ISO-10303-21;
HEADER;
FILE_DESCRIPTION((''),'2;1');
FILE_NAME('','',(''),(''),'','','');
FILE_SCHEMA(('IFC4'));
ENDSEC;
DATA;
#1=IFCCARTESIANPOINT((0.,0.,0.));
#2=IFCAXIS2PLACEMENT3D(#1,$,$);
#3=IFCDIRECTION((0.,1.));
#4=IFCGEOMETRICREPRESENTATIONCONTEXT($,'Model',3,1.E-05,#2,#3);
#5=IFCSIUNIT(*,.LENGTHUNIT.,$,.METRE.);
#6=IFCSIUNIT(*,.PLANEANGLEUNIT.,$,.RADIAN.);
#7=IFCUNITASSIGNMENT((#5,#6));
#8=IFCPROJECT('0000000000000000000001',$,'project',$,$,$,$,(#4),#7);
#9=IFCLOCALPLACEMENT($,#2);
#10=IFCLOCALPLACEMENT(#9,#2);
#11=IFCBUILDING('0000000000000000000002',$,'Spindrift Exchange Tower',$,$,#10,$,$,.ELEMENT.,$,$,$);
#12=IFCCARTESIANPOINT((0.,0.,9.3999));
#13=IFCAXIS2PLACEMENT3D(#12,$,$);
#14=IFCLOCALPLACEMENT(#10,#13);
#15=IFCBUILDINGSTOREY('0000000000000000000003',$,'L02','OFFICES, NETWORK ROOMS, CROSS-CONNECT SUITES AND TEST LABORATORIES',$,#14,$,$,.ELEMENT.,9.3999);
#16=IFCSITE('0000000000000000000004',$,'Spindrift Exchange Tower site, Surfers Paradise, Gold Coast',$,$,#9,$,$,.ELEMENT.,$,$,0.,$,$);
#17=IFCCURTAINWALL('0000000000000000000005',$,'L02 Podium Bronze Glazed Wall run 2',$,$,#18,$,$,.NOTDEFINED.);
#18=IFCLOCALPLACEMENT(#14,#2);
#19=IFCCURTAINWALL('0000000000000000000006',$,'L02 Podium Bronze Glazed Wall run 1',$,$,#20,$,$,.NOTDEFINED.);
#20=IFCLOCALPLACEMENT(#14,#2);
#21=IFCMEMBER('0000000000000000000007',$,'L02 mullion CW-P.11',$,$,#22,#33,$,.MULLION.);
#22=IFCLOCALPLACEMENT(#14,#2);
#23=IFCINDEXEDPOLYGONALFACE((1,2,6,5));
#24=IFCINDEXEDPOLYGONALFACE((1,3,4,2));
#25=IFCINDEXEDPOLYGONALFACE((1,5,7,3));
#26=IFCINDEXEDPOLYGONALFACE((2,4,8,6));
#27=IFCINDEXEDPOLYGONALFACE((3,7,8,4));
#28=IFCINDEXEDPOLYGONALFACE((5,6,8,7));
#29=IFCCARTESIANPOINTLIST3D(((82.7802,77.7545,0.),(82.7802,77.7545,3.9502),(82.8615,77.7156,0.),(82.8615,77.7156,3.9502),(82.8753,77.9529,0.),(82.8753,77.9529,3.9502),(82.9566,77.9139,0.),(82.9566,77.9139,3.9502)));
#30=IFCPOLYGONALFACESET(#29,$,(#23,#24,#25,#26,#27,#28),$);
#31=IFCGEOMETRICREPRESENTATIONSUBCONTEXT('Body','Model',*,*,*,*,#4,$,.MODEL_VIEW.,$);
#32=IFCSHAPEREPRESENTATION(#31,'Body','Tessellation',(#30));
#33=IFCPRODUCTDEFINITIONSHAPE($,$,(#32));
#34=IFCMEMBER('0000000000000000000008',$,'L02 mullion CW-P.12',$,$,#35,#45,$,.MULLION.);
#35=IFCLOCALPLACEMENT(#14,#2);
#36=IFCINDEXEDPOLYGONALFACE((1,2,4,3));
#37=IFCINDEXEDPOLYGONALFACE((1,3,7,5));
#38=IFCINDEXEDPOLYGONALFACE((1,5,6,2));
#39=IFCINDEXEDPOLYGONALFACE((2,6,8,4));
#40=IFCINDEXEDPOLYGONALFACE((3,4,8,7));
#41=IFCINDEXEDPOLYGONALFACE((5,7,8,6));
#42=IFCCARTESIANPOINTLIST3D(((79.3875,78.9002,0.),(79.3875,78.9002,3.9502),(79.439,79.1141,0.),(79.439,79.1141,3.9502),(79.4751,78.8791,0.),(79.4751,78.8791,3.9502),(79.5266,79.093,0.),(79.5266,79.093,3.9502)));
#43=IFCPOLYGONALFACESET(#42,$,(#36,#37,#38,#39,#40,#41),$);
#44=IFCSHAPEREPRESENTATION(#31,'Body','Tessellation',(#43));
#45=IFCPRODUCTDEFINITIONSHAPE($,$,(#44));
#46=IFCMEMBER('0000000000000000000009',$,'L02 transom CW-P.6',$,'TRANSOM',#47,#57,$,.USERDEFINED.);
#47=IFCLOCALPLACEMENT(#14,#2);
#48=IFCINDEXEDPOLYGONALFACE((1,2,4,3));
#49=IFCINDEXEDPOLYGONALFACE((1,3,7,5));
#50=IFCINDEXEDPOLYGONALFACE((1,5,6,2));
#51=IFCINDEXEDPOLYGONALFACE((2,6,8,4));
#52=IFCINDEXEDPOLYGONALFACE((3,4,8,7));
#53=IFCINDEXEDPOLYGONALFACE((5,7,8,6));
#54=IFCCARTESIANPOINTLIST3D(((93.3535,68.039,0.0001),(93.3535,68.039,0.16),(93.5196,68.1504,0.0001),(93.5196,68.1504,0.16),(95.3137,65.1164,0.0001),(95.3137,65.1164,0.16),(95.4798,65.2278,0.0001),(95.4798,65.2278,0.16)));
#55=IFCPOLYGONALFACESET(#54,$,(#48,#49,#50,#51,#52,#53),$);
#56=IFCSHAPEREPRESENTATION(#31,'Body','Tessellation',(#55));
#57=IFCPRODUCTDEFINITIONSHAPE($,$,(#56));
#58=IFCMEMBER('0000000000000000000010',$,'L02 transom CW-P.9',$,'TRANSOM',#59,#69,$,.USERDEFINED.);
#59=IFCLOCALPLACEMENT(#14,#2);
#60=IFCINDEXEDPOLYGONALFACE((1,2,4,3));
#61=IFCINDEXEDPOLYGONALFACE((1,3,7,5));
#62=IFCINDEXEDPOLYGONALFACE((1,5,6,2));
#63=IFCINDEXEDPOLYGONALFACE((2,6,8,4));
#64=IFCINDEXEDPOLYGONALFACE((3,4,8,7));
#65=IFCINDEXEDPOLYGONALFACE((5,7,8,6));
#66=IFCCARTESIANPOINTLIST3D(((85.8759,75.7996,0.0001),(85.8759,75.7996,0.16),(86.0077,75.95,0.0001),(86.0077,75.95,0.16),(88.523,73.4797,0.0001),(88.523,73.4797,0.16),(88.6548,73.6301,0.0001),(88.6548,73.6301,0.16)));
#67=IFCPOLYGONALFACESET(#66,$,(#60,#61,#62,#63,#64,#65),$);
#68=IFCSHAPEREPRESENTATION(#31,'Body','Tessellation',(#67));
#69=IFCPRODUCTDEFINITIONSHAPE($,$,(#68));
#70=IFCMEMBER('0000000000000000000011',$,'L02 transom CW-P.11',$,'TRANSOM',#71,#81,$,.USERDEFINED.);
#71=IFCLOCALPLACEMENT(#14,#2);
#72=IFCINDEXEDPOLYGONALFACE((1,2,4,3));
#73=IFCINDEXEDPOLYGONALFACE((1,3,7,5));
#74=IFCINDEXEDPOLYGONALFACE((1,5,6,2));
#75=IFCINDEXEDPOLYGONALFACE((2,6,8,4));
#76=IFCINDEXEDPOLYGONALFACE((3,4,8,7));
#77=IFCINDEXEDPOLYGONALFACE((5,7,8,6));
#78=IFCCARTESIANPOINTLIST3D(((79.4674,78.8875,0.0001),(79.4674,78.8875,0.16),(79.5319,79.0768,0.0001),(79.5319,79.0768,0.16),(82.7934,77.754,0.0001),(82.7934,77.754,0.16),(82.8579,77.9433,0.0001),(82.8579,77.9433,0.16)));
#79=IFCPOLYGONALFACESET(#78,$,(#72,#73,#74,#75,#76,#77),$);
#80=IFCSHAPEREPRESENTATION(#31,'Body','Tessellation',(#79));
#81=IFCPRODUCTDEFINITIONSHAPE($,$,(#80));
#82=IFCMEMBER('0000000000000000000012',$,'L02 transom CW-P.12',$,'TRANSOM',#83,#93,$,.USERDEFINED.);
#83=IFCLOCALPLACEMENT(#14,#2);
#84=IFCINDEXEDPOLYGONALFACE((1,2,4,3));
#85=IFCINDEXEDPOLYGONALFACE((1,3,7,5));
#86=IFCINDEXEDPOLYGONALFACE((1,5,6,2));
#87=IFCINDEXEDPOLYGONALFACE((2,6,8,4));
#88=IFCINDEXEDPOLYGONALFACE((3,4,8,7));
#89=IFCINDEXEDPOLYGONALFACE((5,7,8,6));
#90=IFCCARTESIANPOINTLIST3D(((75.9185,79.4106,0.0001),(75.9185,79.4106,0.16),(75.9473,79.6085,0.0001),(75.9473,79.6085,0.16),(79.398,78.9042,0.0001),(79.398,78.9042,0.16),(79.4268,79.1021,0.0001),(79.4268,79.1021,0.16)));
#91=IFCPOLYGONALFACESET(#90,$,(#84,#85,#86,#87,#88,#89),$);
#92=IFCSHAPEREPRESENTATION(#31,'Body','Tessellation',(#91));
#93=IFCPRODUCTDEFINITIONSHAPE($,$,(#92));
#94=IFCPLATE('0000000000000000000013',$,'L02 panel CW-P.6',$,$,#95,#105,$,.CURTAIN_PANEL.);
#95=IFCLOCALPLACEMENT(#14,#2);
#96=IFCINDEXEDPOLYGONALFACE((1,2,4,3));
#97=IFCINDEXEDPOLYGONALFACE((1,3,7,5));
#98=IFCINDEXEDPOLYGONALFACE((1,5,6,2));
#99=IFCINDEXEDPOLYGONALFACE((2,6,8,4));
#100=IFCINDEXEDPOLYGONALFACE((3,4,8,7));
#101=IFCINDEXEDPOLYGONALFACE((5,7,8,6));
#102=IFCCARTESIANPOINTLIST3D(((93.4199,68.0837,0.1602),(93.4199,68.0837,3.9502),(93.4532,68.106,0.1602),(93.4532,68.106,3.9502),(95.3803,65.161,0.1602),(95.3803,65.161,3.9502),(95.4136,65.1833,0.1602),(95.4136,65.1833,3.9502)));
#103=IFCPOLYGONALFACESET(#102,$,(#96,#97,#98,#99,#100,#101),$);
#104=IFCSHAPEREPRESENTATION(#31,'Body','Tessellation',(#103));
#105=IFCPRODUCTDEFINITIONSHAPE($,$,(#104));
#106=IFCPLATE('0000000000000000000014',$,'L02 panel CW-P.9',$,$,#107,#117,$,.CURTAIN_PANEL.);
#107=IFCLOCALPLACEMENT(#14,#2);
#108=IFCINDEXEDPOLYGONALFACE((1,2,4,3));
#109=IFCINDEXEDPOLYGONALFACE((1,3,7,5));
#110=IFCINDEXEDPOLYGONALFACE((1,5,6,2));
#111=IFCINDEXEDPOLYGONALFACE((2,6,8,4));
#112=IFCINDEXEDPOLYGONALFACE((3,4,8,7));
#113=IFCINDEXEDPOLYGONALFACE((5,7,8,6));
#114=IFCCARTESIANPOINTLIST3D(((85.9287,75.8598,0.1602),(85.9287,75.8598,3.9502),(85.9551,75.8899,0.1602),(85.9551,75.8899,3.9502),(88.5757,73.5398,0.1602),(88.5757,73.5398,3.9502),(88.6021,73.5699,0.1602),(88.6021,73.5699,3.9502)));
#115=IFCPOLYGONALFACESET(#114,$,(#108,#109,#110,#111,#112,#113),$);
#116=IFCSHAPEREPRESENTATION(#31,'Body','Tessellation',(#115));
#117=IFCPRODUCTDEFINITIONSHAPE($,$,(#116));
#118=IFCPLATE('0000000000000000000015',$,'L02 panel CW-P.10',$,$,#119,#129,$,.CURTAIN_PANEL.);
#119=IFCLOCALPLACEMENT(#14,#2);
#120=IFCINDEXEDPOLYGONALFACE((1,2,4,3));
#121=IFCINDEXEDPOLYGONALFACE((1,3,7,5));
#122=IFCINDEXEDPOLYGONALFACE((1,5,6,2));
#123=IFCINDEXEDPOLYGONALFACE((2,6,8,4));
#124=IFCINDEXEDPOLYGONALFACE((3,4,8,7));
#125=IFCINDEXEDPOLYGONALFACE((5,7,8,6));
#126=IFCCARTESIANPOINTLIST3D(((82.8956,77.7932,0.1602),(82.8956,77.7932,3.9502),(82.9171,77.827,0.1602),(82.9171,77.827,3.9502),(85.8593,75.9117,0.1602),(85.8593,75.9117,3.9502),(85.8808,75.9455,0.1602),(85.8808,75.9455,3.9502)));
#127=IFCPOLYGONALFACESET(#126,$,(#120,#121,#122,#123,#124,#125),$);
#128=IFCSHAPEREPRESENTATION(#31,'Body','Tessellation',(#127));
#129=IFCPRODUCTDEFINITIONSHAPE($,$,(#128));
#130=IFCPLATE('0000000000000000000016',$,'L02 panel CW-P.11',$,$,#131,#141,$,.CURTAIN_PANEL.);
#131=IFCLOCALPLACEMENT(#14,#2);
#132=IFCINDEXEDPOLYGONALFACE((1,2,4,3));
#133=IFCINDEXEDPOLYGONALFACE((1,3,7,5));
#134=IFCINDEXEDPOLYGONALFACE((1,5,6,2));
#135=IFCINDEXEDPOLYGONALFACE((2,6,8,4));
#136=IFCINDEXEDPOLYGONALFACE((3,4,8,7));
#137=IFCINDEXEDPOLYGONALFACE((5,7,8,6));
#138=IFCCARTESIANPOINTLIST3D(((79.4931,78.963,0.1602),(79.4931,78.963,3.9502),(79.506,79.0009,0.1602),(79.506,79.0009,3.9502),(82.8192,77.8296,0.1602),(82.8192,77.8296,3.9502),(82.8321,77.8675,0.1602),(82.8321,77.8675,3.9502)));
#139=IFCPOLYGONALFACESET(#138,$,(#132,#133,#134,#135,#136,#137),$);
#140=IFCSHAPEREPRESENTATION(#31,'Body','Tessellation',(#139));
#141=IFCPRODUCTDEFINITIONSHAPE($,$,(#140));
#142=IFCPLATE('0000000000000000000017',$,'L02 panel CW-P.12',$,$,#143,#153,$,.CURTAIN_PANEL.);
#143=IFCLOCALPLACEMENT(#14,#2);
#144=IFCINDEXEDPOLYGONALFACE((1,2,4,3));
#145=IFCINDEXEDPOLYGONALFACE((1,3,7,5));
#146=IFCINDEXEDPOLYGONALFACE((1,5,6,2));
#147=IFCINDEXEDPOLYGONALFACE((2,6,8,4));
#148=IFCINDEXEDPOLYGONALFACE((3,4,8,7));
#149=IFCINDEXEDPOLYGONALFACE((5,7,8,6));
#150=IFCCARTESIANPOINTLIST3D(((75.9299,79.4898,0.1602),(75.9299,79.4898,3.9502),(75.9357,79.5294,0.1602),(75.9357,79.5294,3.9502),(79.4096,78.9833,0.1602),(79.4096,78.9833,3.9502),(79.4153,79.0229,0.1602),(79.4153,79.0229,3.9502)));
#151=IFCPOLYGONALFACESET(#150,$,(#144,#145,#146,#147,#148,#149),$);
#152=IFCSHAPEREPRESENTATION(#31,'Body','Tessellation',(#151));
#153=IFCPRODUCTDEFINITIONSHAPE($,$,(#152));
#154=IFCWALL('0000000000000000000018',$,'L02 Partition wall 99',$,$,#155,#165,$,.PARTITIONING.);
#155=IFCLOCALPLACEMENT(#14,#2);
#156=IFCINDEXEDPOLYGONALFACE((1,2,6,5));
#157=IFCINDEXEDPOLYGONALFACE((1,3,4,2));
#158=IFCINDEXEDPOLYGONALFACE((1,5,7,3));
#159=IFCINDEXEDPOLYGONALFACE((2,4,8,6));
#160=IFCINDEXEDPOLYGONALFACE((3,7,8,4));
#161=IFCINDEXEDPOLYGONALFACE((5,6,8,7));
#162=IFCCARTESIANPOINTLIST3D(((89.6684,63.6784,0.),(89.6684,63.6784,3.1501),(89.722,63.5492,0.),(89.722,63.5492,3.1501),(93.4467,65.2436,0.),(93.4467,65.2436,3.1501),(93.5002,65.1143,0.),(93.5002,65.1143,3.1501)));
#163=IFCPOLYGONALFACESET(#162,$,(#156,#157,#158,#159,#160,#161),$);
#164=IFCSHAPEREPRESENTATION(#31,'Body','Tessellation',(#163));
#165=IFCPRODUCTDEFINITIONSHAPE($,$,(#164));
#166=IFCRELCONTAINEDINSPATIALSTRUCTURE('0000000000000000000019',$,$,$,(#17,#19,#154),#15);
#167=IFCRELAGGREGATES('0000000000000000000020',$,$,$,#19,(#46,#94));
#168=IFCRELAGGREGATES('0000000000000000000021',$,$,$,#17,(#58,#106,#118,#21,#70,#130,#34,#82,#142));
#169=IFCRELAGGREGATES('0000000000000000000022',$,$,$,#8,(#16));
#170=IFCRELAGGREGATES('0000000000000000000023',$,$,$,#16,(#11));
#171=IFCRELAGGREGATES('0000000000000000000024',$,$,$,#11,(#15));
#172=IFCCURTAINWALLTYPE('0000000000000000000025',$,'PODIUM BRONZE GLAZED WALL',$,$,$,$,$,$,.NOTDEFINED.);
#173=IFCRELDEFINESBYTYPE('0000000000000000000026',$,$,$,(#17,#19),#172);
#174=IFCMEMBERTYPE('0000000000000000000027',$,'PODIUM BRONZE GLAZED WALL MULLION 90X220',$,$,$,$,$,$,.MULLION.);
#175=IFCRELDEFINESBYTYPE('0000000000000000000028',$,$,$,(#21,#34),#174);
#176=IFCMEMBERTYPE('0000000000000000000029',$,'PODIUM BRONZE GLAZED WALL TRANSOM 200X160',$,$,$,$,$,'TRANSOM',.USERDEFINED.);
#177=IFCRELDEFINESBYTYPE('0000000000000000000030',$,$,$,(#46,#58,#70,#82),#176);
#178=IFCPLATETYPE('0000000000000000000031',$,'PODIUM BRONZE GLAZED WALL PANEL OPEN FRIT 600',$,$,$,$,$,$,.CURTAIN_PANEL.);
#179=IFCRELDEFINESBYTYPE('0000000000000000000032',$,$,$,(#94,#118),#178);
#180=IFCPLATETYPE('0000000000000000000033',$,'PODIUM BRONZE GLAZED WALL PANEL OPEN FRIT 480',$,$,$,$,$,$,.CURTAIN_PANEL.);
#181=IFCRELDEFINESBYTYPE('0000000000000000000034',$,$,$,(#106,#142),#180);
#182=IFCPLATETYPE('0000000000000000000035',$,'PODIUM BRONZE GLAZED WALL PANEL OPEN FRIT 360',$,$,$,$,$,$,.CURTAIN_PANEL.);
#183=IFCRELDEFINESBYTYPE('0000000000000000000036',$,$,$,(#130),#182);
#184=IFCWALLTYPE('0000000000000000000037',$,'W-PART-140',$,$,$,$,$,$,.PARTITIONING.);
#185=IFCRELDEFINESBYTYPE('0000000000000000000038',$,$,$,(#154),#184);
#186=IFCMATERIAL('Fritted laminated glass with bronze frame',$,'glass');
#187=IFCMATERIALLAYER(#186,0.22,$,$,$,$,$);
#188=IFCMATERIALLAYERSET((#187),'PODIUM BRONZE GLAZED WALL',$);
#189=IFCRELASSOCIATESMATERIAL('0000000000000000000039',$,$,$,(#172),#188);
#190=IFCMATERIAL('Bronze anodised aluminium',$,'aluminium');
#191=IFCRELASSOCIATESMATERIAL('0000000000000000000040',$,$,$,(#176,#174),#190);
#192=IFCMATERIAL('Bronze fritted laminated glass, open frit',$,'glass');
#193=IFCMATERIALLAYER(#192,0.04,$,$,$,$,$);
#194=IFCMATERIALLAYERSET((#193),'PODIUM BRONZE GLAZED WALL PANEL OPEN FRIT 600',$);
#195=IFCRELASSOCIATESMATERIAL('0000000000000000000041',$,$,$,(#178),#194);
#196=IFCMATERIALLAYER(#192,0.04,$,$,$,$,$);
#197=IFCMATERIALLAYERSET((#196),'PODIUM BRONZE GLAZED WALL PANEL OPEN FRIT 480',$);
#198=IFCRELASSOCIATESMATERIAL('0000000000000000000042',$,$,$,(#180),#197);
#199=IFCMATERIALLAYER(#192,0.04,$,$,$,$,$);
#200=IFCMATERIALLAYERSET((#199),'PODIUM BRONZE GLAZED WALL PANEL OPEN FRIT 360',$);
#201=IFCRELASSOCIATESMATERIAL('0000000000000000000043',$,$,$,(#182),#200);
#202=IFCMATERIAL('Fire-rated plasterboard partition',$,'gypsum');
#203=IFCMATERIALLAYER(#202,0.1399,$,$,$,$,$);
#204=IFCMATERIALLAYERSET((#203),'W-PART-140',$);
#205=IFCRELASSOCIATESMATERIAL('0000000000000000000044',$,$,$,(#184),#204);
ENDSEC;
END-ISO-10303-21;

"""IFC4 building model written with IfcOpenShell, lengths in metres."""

from ifc_helpers import new_model, si_unit, direction, frame, frame_2d, origin, origin_2d, place, context, subcontext, project, spatial, rectangle, extrude, source, transform, mapped, material, layer, layer_set, material_profile, profile_set, type_object, element, aggregate, save


model = new_model("IFC4")

# Units and contexts
model_context = context("Model", 3, precision=1e-05, world=origin(), true_north=direction((0.0, 1.0)))
body_context = subcontext(model_context, "Body", "Model", "MODEL_VIEW")
ifc_project = project(units=[si_unit("LENGTHUNIT", "METRE"), si_unit("PLANEANGLEUNIT", "RADIAN")], contexts=[model_context])

# Site, building, storey
site_placement = place(None, origin())
site = spatial("IfcSite", under=ifc_project, at=site_placement, Name="Spindrift Exchange Tower site, Surfers Paradise, Gold Coast", CompositionType="ELEMENT", RefElevation=0.0)
building_placement = place(site_placement, origin())
building = spatial("IfcBuilding", under=site, at=building_placement, Name="Spindrift Exchange Tower", CompositionType="ELEMENT")
storey_placement = place(building_placement, frame((0.0, 0.0, 9.3999)))
storey = spatial("IfcBuildingStorey", under=building, at=storey_placement, Name="L02", Description="OFFICES, NETWORK ROOMS, CROSS-CONNECT SUITES AND TEST LABORATORIES", CompositionType="ELEMENT", Elevation=9.3999)

# Curtain walls
ifc_material_1 = material(Name="Fritted laminated glass with bronze frame", Category="glass")
ifc_layer_1 = layer(ifc_material_1, 0.22)
ifc_layer_set_1 = layer_set([ifc_layer_1], Name="PODIUM BRONZE GLAZED WALL")
curtain_wall_type = type_object("IfcCurtainWallType", Name="PODIUM BRONZE GLAZED WALL", PredefinedType="NOTDEFINED", material=ifc_layer_set_1)
curtain_wall_1_placement = place(storey_placement, origin())
curtain_wall_1 = element("IfcCurtainWall", 1, at=curtain_wall_1_placement, inside=storey, type_object=curtain_wall_type, Name="L02 Podium Bronze Glazed Wall run 2", PredefinedType="NOTDEFINED")
ifc_material_2 = material(Name="Bronze anodised aluminium", Category="aluminium")
ifc_material_profile_1 = material_profile(ifc_material_2, rectangle(XDim=0.2, YDim=0.1599, at=origin_2d()), Name="PODIUM BRONZE GLAZED WALL TRANSOM 200X160")
ifc_profile_set_1 = profile_set([ifc_material_profile_1], Name="Bronze anodised aluminium")
member_type_1 = type_object("IfcMemberType", Name="PODIUM BRONZE GLAZED WALL TRANSOM 200X160", ElementType="TRANSOM", PredefinedType="USERDEFINED", material=ifc_profile_set_1)
curtain_wall_2_placement = place(storey_placement, origin())
curtain_wall_2 = element("IfcCurtainWall", 2, at=curtain_wall_2_placement, inside=storey, type_object=curtain_wall_type, Name="L02 Podium Bronze Glazed Wall run 1", PredefinedType="NOTDEFINED")
ifc_material_profile_2 = material_profile(ifc_material_2, rectangle(XDim=0.0901, YDim=0.22, at=origin_2d()), Name="PODIUM BRONZE GLAZED WALL MULLION 90X220")
ifc_profile_set_2 = profile_set([ifc_material_profile_2], Name="Bronze anodised aluminium")
member_type_2 = type_object("IfcMemberType", Name="PODIUM BRONZE GLAZED WALL MULLION 90X220", PredefinedType="MULLION", material=ifc_profile_set_2)
shared_shape_1 = source(origin(), body_context, "Body", "SweptSolid", [
    extrude(rectangle(XDim=0.0901, YDim=0.22, at=origin_2d()), origin(), (0.0, 0.0, 1.0), 3.9502),
])

# Members
member_1_placement = place(storey_placement, frame((82.8684, 77.8342, 0.0), z_axis=(0.0, 0.0, 1.0), x_axis=(-0.901735, 0.432288, 0.0)))
member_1 = element("IfcMember", 3, at=member_1_placement, type_object=member_type_2, Name="L02 mullion CW-P.11", PredefinedType="MULLION", context=body_context, shape_type="MappedRepresentation", body=[
    mapped(shared_shape_1, transform((0.0, 0.0, 0.0), scale=1.0)),
])
member_2_placement = place(storey_placement, frame((79.457, 78.9966, 0.0), z_axis=(0.0, 0.0, 1.0), x_axis=(-0.972168, 0.234285, 0.0)))
member_2 = element("IfcMember", 4, at=member_2_placement, type_object=member_type_2, Name="L02 mullion CW-P.12", PredefinedType="MULLION", context=body_context, shape_type="MappedRepresentation", body=[
    mapped(shared_shape_1, transform((0.0, 0.0, 0.0), scale=1.0)),
])
shared_shape_2 = source(origin(), body_context, "Body", "SweptSolid", [
    extrude(rectangle(XDim=0.2, YDim=0.1599, at=origin_2d()), origin(), (0.0, 0.0, 1.0), 3.519),
])
member_3_placement = place(storey_placement, frame((95.3967, 65.1721, 0.0801), z_axis=(-0.557019, 0.830499, 0.0), x_axis=(-0.830499, -0.557019, 0.0)))
member_3 = element("IfcMember", 5, at=member_3_placement, type_object=member_type_1, Name="L02 transom CW-P.6", ObjectType="TRANSOM", PredefinedType="USERDEFINED", context=body_context, shape_type="MappedRepresentation", body=[
    mapped(shared_shape_2, transform((0.0, 0.0, 0.0), scale=1.0)),
])
shared_shape_3 = source(origin(), body_context, "Body", "SweptSolid", [
    extrude(rectangle(XDim=0.2, YDim=0.1599, at=origin_2d()), origin(), (0.0, 0.0, 1.0), 3.5198),
])
member_4_placement = place(storey_placement, frame((88.5889, 73.5549, 0.0801), z_axis=(-0.752052, 0.659104, 0.0), x_axis=(-0.659104, -0.752052, 0.0)))
member_4 = element("IfcMember", 6, at=member_4_placement, type_object=member_type_1, Name="L02 transom CW-P.9", ObjectType="TRANSOM", PredefinedType="USERDEFINED", context=body_context, shape_type="MappedRepresentation", body=[
    mapped(shared_shape_3, transform((0.0, 0.0, 0.0), scale=1.0)),
])
shared_shape_4 = source(origin(), body_context, "Body", "SweptSolid", [
    extrude(rectangle(XDim=0.2, YDim=0.1599, at=origin_2d()), origin(), (0.0, 0.0, 1.0), 3.5139),
])
member_5_placement = place(storey_placement, frame((82.8257, 77.8486, 0.0801), z_axis=(-0.946543, 0.322578, 0.0), x_axis=(-0.322578, -0.946543, 0.0)))
member_5 = element("IfcMember", 7, at=member_5_placement, type_object=member_type_1, Name="L02 transom CW-P.11", ObjectType="TRANSOM", PredefinedType="USERDEFINED", context=body_context, shape_type="MappedRepresentation", body=[
    mapped(shared_shape_4, transform((0.0, 0.0, 0.0), scale=1.0)),
])
shared_shape_5 = source(origin(), body_context, "Body", "SweptSolid", [
    extrude(rectangle(XDim=0.2, YDim=0.1599, at=origin_2d()), origin(), (0.0, 0.0, 1.0), 3.5161),
])
member_6_placement = place(storey_placement, frame((79.4124, 79.0032, 0.0801), z_axis=(-0.989577, 0.144007, 0.0), x_axis=(-0.144007, -0.989577, 0.0)))
member_6 = element("IfcMember", 8, at=member_6_placement, type_object=member_type_1, Name="L02 transom CW-P.12", ObjectType="TRANSOM", PredefinedType="USERDEFINED", context=body_context, shape_type="MappedRepresentation", body=[
    mapped(shared_shape_5, transform((0.0, 0.0, 0.0), scale=1.0)),
])

# Plates
ifc_material_3 = material(Name="Bronze fritted laminated glass, open frit", Category="glass")
ifc_layer_2 = layer(ifc_material_3, 0.04)
ifc_layer_set_2 = layer_set([ifc_layer_2], Name="PODIUM BRONZE GLAZED WALL PANEL OPEN FRIT 600")
plate_type_1 = type_object("IfcPlateType", Name="PODIUM BRONZE GLAZED WALL PANEL OPEN FRIT 600", PredefinedType="CURTAIN_PANEL", material=ifc_layer_set_2)
shared_shape_6 = source(origin(), body_context, "Body", "SweptSolid", [
    extrude(rectangle(XDim=3.5193, YDim=0.04, at=origin_2d()), origin(), (0.0, 0.0, 1.0), 3.79),
])
plate_1_placement = place(storey_placement, frame((94.4167, 66.6335, 0.1602), z_axis=(0.0, 0.0, 1.0), x_axis=(-0.557045, 0.830482, 0.0)))
plate_1 = element("IfcPlate", 9, at=plate_1_placement, type_object=plate_type_1, Name="L02 panel CW-P.6", PredefinedType="CURTAIN_PANEL", context=body_context, shape_type="MappedRepresentation", body=[
    mapped(shared_shape_6, transform((0.0, 0.0, 0.0), scale=1.0)),
])
aggregate(curtain_wall_2, [member_3, plate_1])
ifc_layer_3 = layer(ifc_material_3, 0.04)
ifc_layer_set_3 = layer_set([ifc_layer_3], Name="PODIUM BRONZE GLAZED WALL PANEL OPEN FRIT 480")
plate_type_2 = type_object("IfcPlateType", Name="PODIUM BRONZE GLAZED WALL PANEL OPEN FRIT 480", PredefinedType="CURTAIN_PANEL", material=ifc_layer_set_3)
shared_shape_7 = source(origin(), body_context, "Body", "SweptSolid", [
    extrude(rectangle(XDim=3.5198, YDim=0.04, at=origin_2d()), origin(), (0.0, 0.0, 1.0), 3.79),
])
plate_2_placement = place(storey_placement, frame((87.2654, 74.7148, 0.1602), z_axis=(0.0, 0.0, 1.0), x_axis=(-0.752038, 0.65912, 0.0)))
plate_2 = element("IfcPlate", 10, at=plate_2_placement, type_object=plate_type_2, Name="L02 panel CW-P.9", PredefinedType="CURTAIN_PANEL", context=body_context, shape_type="MappedRepresentation", body=[
    mapped(shared_shape_7, transform((0.0, 0.0, 0.0), scale=1.0)),
])
shared_shape_8 = source(origin(), body_context, "Body", "SweptSolid", [
    extrude(rectangle(XDim=3.5105, YDim=0.04, at=origin_2d()), origin(), (0.0, 0.0, 1.0), 3.79),
])
plate_3_placement = place(storey_placement, frame((84.3882, 76.8694, 0.1602), z_axis=(0.0, 0.0, 1.0), x_axis=(-0.844242, 0.535962, 0.0)))
plate_3 = element("IfcPlate", 11, at=plate_3_placement, type_object=plate_type_1, Name="L02 panel CW-P.10", PredefinedType="CURTAIN_PANEL", context=body_context, shape_type="MappedRepresentation", body=[
    mapped(shared_shape_8, transform((0.0, 0.0, 0.0), scale=1.0)),
])
ifc_layer_4 = layer(ifc_material_3, 0.04)
ifc_layer_set_4 = layer_set([ifc_layer_4], Name="PODIUM BRONZE GLAZED WALL PANEL OPEN FRIT 360")
plate_type_3 = type_object("IfcPlateType", Name="PODIUM BRONZE GLAZED WALL PANEL OPEN FRIT 360", PredefinedType="CURTAIN_PANEL", material=ifc_layer_set_4)
shared_shape_9 = source(origin(), body_context, "Body", "SweptSolid", [
    extrude(rectangle(XDim=3.5139, YDim=0.04, at=origin_2d()), origin(), (0.0, 0.0, 1.0), 3.79),
])
plate_4_placement = place(storey_placement, frame((81.1626, 78.4153, 0.1602), z_axis=(0.0, 0.0, 1.0), x_axis=(-0.946556, 0.322538, 0.0)))
plate_4 = element("IfcPlate", 12, at=plate_4_placement, type_object=plate_type_3, Name="L02 panel CW-P.11", PredefinedType="CURTAIN_PANEL", context=body_context, shape_type="MappedRepresentation", body=[
    mapped(shared_shape_9, transform((0.0, 0.0, 0.0), scale=1.0)),
])
shared_shape_10 = source(origin(), body_context, "Body", "SweptSolid", [
    extrude(rectangle(XDim=3.5164, YDim=0.04, at=origin_2d()), origin(), (0.0, 0.0, 1.0), 3.79),
])
plate_5_placement = place(storey_placement, frame((77.6726, 79.2563, 0.1602), z_axis=(0.0, 0.0, 1.0), x_axis=(-0.98957, 0.144052, 0.0)))
plate_5 = element("IfcPlate", 13, at=plate_5_placement, type_object=plate_type_2, Name="L02 panel CW-P.12", PredefinedType="CURTAIN_PANEL", context=body_context, shape_type="MappedRepresentation", body=[
    mapped(shared_shape_10, transform((0.0, 0.0, 0.0), scale=1.0)),
])
aggregate(curtain_wall_1, [member_4, plate_2, plate_3, member_1, member_5, plate_4, member_2, member_6, plate_5])

# Wall
ifc_material_4 = material(Name="Fire-rated plasterboard partition", Category="gypsum")
ifc_layer_5 = layer(ifc_material_4, 0.1399)
ifc_layer_set_5 = layer_set([ifc_layer_5], Name="W-PART-140")
wall_type_1 = type_object("IfcWallType", Name="W-PART-140", PredefinedType="PARTITIONING", material=ifc_layer_set_5)
wall_1_placement = place(storey_placement, frame((89.6951, 63.6138, 0.0), z_axis=(0.0, 0.0, 1.0), x_axis=(0.923866, 0.382716, 0.0)))
element("IfcWall", 14, at=wall_1_placement, inside=storey, type_object=wall_type_1, Name="L02 Partition wall 99", PredefinedType="PARTITIONING", context=body_context, shape_type="SweptSolid", body=[
    extrude(rectangle(XDim=4.0896, YDim=0.1399, at=frame_2d((2.0449, 0.0))), origin(), (0.0, 0.0, 1.0), 3.1501),
])

save(model, "model.ifc")
